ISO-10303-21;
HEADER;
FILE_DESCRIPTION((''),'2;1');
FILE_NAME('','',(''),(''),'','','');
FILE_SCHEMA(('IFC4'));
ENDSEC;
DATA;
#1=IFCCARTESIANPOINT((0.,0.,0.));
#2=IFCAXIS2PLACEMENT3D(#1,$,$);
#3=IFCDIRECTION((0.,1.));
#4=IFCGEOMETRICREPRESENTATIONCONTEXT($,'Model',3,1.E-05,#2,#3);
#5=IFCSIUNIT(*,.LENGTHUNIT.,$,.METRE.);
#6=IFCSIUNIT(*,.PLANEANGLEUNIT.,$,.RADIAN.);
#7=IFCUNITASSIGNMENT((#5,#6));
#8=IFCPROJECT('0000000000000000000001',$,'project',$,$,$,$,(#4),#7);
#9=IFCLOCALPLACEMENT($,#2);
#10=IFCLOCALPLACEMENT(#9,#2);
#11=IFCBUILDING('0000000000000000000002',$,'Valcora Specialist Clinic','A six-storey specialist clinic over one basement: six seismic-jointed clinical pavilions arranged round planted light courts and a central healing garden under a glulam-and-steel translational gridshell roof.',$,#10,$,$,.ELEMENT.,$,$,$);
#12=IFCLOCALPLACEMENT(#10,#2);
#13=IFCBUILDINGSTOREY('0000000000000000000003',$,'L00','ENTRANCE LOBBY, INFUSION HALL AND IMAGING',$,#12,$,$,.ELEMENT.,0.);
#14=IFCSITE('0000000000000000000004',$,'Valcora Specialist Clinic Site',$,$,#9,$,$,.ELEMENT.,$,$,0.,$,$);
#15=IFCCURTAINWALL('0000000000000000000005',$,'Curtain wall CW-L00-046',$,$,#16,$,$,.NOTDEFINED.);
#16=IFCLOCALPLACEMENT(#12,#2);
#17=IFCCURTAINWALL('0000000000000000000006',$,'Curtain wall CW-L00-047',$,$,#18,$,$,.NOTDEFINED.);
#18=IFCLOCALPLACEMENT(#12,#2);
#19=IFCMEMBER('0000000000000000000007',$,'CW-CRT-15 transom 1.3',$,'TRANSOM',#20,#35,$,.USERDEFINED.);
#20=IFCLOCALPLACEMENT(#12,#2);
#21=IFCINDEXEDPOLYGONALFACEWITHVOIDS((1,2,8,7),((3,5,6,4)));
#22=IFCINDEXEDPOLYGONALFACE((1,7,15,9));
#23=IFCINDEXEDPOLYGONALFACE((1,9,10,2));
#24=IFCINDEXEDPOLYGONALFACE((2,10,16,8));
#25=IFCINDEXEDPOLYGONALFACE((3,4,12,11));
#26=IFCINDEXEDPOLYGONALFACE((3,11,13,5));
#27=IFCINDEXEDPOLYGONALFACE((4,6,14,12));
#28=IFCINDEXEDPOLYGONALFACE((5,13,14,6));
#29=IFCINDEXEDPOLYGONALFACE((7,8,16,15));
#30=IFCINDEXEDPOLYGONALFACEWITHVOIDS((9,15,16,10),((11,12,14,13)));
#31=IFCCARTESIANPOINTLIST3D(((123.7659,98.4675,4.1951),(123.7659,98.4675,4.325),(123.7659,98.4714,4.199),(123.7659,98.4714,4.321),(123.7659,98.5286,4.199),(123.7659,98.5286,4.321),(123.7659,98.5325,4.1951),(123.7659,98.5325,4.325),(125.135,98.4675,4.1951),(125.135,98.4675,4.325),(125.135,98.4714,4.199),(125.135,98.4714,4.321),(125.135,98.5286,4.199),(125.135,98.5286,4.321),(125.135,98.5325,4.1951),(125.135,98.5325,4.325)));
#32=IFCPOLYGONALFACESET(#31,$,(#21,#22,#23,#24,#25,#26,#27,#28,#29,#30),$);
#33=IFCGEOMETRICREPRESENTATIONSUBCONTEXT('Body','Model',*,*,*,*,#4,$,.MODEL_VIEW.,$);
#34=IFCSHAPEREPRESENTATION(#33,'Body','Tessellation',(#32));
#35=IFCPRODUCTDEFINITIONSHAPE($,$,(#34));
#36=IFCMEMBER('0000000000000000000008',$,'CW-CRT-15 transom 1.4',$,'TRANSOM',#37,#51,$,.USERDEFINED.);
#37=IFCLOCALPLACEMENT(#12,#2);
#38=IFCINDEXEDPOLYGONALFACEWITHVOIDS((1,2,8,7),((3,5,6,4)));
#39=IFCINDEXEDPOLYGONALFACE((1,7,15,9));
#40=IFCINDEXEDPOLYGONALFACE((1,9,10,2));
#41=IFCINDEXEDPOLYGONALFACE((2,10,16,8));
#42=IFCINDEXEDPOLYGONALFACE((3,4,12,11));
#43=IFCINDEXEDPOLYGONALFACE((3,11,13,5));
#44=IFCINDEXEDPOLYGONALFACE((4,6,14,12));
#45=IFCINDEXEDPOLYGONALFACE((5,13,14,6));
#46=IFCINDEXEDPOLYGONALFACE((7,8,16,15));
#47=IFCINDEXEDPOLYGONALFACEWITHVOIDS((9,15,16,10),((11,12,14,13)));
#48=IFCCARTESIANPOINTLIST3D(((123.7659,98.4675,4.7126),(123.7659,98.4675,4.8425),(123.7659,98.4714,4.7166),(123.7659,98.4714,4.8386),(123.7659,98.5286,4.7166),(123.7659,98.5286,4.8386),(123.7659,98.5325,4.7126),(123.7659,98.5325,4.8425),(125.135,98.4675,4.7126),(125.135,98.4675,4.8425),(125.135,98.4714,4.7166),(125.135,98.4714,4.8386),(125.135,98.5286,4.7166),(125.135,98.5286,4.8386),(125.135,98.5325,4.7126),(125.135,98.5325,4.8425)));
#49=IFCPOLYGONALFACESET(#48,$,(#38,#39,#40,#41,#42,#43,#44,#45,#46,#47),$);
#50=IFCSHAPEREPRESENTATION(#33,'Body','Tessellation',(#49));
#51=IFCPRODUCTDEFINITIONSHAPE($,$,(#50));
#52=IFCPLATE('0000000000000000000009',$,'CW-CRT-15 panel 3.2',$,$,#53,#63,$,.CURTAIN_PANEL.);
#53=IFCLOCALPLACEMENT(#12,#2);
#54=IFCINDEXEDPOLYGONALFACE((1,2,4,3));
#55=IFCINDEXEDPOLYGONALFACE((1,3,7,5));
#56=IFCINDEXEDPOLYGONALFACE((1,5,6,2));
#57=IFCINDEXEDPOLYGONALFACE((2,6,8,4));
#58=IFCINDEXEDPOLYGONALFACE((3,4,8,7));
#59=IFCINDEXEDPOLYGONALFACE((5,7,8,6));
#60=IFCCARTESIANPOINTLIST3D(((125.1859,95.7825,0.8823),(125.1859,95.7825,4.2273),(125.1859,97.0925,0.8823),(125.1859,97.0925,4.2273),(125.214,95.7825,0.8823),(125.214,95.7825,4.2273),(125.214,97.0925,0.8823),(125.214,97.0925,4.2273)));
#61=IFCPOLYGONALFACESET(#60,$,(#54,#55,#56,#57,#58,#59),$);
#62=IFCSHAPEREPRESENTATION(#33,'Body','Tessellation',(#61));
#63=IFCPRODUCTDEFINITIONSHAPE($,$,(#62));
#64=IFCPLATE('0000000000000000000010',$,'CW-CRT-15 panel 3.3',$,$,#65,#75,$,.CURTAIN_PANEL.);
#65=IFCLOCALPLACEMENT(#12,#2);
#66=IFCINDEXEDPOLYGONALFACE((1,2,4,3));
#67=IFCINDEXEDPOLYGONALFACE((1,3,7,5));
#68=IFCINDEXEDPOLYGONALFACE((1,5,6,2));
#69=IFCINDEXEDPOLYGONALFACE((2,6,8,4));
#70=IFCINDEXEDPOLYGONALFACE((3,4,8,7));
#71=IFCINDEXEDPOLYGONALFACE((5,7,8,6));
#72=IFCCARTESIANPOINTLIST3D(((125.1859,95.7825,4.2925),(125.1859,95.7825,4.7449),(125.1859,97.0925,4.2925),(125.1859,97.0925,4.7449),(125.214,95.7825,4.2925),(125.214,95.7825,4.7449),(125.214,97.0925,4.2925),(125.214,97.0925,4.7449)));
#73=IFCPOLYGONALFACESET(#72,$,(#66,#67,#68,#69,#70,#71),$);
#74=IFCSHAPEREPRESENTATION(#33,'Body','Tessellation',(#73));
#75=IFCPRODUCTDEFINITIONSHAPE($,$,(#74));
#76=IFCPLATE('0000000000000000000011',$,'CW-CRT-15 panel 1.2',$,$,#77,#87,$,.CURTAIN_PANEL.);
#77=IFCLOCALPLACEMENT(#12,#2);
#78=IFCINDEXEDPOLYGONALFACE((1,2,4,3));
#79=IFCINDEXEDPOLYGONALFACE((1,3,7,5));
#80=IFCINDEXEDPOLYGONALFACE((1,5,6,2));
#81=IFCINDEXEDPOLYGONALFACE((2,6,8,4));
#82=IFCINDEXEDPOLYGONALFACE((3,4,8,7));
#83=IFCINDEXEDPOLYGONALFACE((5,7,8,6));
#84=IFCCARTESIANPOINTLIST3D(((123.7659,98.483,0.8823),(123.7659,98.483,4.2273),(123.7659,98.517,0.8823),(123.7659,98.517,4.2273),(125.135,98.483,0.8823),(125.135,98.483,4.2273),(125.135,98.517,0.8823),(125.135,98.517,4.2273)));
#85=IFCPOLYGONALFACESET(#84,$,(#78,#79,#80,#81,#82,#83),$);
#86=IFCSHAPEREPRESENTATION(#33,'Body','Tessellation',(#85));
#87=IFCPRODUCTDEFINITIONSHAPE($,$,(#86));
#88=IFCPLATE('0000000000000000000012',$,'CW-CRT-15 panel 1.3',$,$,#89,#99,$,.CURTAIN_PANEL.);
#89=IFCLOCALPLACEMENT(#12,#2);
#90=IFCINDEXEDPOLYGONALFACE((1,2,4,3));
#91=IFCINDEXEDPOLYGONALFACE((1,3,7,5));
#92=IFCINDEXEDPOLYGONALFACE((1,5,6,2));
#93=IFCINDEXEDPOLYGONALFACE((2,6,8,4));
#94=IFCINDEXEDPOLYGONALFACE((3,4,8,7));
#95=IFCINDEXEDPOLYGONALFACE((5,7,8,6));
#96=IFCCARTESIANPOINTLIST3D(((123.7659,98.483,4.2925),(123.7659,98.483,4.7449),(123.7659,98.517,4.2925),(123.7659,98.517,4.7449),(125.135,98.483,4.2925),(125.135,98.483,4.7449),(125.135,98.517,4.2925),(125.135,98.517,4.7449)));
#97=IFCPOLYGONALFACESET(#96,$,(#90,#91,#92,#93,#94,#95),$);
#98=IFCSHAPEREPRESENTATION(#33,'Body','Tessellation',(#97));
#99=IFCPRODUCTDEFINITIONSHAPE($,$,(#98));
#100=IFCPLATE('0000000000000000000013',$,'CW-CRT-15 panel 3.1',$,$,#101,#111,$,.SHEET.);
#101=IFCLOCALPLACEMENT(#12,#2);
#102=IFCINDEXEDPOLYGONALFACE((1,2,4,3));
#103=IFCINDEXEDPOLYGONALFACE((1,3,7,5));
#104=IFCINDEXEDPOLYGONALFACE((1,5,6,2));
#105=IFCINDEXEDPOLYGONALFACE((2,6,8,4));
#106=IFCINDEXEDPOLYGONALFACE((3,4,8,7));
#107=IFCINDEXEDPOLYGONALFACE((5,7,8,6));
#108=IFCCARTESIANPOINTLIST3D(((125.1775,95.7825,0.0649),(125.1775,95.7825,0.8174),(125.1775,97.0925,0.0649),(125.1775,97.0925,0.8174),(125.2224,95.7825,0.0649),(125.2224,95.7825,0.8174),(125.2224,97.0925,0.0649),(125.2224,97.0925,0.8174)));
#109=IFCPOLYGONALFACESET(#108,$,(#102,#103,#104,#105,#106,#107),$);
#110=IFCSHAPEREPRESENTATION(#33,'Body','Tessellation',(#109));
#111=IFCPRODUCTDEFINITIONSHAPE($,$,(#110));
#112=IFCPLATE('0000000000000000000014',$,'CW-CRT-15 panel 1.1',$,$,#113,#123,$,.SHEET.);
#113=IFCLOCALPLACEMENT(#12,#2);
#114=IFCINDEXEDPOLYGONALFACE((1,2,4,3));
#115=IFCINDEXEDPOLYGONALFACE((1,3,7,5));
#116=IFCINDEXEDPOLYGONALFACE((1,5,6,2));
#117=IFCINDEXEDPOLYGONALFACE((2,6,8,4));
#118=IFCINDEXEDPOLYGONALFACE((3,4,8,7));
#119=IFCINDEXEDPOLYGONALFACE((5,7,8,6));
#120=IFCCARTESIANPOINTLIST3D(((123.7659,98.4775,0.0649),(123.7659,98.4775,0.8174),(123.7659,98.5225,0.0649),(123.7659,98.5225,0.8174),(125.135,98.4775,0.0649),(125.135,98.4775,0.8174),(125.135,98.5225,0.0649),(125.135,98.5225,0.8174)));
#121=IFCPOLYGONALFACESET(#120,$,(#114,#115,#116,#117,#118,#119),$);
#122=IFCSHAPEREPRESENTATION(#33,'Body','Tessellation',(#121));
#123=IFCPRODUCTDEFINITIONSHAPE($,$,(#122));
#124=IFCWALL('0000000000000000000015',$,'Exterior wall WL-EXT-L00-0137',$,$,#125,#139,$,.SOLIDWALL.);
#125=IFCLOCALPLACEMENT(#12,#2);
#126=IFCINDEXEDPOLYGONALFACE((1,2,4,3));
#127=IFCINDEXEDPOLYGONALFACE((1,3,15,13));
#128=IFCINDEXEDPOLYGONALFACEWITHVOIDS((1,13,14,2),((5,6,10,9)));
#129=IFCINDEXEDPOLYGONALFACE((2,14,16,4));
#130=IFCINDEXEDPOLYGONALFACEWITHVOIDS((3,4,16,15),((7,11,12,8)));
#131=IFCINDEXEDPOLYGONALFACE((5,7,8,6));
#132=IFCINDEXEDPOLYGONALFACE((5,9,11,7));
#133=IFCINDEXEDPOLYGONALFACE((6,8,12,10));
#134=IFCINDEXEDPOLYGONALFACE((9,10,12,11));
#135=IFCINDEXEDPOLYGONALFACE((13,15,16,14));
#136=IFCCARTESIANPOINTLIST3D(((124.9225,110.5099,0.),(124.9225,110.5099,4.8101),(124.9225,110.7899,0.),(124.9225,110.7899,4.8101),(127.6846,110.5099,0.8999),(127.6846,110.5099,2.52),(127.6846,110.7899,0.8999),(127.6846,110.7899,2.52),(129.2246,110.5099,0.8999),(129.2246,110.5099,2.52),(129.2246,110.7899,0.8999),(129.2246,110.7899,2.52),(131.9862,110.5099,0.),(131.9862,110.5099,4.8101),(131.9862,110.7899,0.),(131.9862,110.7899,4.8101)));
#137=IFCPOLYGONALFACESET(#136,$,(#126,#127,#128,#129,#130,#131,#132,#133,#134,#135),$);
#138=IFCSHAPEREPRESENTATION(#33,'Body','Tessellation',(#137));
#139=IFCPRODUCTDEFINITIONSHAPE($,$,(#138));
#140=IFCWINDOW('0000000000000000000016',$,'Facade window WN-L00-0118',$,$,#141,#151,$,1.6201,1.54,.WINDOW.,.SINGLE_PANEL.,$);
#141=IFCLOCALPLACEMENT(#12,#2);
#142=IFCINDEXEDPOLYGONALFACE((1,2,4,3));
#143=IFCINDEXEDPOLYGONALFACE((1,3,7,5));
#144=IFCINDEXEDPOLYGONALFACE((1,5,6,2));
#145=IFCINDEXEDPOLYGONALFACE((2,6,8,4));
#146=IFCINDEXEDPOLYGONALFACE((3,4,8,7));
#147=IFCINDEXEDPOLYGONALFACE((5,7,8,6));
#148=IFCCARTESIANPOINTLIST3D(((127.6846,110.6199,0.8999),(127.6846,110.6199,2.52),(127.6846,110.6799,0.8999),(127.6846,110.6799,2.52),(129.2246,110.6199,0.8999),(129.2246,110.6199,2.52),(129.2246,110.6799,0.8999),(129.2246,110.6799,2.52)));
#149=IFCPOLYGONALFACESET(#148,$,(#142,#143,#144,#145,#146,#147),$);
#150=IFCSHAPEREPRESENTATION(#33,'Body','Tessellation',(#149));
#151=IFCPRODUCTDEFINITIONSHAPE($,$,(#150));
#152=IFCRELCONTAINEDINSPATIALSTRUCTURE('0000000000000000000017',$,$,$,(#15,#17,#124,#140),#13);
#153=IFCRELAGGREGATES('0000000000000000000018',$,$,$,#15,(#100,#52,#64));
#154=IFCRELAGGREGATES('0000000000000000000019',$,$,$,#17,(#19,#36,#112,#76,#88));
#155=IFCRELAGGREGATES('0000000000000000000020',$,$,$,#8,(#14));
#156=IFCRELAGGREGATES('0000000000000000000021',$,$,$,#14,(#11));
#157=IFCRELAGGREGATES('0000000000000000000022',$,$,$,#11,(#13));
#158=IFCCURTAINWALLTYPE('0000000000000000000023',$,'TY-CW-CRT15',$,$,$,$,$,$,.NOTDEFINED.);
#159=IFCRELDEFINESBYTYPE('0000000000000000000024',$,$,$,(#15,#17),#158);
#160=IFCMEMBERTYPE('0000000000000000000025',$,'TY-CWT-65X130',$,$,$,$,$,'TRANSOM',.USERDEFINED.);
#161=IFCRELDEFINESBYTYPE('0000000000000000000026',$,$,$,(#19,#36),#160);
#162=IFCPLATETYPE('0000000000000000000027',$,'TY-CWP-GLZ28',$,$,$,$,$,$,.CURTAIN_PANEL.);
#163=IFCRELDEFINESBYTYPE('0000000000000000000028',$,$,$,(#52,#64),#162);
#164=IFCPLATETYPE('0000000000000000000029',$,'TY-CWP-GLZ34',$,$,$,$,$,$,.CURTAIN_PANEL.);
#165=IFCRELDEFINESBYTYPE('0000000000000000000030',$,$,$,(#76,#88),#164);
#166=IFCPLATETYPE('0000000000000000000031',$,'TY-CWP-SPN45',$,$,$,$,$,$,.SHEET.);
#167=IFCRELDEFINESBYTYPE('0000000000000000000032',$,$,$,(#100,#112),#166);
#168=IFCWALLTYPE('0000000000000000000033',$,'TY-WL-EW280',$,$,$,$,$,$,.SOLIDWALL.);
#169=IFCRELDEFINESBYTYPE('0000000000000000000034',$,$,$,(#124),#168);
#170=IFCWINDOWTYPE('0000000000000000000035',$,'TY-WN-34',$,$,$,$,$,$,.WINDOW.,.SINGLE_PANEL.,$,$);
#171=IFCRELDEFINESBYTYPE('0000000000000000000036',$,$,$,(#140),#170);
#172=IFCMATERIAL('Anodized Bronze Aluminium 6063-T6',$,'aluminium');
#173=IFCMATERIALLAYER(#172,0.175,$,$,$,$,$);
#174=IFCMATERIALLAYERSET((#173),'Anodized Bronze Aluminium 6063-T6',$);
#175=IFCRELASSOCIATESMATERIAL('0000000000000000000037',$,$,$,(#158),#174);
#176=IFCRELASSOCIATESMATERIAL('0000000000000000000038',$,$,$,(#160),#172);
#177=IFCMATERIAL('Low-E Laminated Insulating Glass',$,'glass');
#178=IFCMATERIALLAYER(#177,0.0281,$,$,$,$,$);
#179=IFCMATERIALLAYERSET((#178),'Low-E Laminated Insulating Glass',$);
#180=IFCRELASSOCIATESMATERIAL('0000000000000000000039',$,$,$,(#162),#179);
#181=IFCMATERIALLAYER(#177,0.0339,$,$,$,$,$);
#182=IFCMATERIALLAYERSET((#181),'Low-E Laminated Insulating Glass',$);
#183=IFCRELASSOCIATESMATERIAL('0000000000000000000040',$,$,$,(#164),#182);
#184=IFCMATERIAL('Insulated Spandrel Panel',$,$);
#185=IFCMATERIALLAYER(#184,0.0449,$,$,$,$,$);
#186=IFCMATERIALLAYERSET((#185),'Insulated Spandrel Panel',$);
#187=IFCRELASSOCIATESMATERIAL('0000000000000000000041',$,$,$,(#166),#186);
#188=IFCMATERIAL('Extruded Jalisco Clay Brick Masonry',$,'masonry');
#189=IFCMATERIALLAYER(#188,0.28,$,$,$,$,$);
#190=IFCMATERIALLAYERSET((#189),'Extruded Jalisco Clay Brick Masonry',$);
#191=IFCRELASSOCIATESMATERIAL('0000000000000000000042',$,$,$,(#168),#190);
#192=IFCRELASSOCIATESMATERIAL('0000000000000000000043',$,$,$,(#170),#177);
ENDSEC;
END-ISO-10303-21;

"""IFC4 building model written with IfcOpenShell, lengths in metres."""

from ifc_helpers import new_model, si_unit, direction, frame, frame_2d, origin, origin_2d, place, context, subcontext, project, spatial, rectangle, hollow_rectangle, extrude, material, layer, layer_set, material_profile, profile_set, type_object, element, fill, aggregate, save


model = new_model("IFC4")

# Units and contexts
model_context = context("Model", 3, precision=1e-05, world=origin(), true_north=direction((0.0, 1.0)))
body_context = subcontext(model_context, "Body", "Model", "MODEL_VIEW")
ifc_project = project(units=[si_unit("LENGTHUNIT", "METRE"), si_unit("PLANEANGLEUNIT", "RADIAN")], contexts=[model_context])

# Site, building, storey
site_placement = place(None, origin())
site = spatial("IfcSite", under=ifc_project, at=site_placement, Name="Valcora Specialist Clinic Site", CompositionType="ELEMENT", RefElevation=0.0)
building_placement = place(site_placement, origin())
building = spatial("IfcBuilding", under=site, at=building_placement, Name="Valcora Specialist Clinic", Description="A six-storey specialist clinic over one basement: six seismic-jointed clinical pavilions arranged round planted light courts and a central healing garden under a glulam-and-steel translational gridshell roof.", CompositionType="ELEMENT")
storey_placement = place(building_placement, origin())
storey = spatial("IfcBuildingStorey", under=building, at=storey_placement, Name="L00", Description="ENTRANCE LOBBY, INFUSION HALL AND IMAGING", CompositionType="ELEMENT", Elevation=0.0)

# Curtain walls
ifc_material_1 = material(Name="Anodized Bronze Aluminium 6063-T6", Category="aluminium")
ifc_layer_1 = layer(ifc_material_1, 0.175)
ifc_layer_set_1 = layer_set([ifc_layer_1], Name="Anodized Bronze Aluminium 6063-T6")
curtain_wall_type = type_object("IfcCurtainWallType", Name="TY-CW-CRT15", PredefinedType="NOTDEFINED", material=ifc_layer_set_1)
curtain_wall_1_placement = place(storey_placement, origin())
curtain_wall_1 = element("IfcCurtainWall", 1, at=curtain_wall_1_placement, inside=storey, type_object=curtain_wall_type, Name="Curtain wall CW-L00-046", PredefinedType="NOTDEFINED")
curtain_wall_2_placement = place(storey_placement, origin())
curtain_wall_2 = element("IfcCurtainWall", 2, at=curtain_wall_2_placement, inside=storey, type_object=curtain_wall_type, Name="Curtain wall CW-L00-047", PredefinedType="NOTDEFINED")

# Members
ifc_material_profile_1 = material_profile(ifc_material_1, hollow_rectangle(XDim=0.0649, YDim=0.1299, WallThickness=0.0039, at=origin_2d()), Name="AL-TRN-65X130")
ifc_profile_set_1 = profile_set([ifc_material_profile_1], Name="Anodized Bronze Aluminium 6063-T6")
member_type_1 = type_object("IfcMemberType", Name="TY-CWT-65X130", ElementType="TRANSOM", PredefinedType="USERDEFINED", material=ifc_profile_set_1)
member_1_placement = place(storey_placement, frame((125.135, 98.5, 4.26), z_axis=(-1.0, 0.0, 0.0), x_axis=(0.0, -1.0, 0.0)))
member_1 = element("IfcMember", 3, at=member_1_placement, type_object=member_type_1, Name="CW-CRT-15 transom 1.3", ObjectType="TRANSOM", PredefinedType="USERDEFINED", context=body_context, shape_type="SweptSolid", body=[
    extrude(hollow_rectangle(XDim=0.0649, YDim=0.1299, WallThickness=0.0039, at=origin_2d()), origin(), (0.0, 0.0, 1.0), 1.3691),
])
member_2_placement = place(storey_placement, frame((125.135, 98.5, 4.7776), z_axis=(-1.0, 0.0, 0.0), x_axis=(0.0, -1.0, 0.0)))
member_2 = element("IfcMember", 4, at=member_2_placement, type_object=member_type_1, Name="CW-CRT-15 transom 1.4", ObjectType="TRANSOM", PredefinedType="USERDEFINED", context=body_context, shape_type="SweptSolid", body=[
    extrude(hollow_rectangle(XDim=0.0649, YDim=0.1299, WallThickness=0.0039, at=origin_2d()), origin(), (0.0, 0.0, 1.0), 1.3691),
])

# Plates
ifc_material_2 = material(Name="Low-E Laminated Insulating Glass", Category="glass")
ifc_layer_2 = layer(ifc_material_2, 0.0281)
ifc_layer_set_2 = layer_set([ifc_layer_2], Name="Low-E Laminated Insulating Glass")
plate_type_1 = type_object("IfcPlateType", Name="TY-CWP-GLZ28", PredefinedType="CURTAIN_PANEL", material=ifc_layer_set_2)
plate_1_placement = place(storey_placement, frame((125.2, 96.4375, 0.8823), z_axis=(0.0, 0.0, 1.0), x_axis=(0.0, 1.0, 0.0)))
plate_1 = element("IfcPlate", 5, at=plate_1_placement, type_object=plate_type_1, Name="CW-CRT-15 panel 3.2", PredefinedType="CURTAIN_PANEL", context=body_context, shape_type="SweptSolid", body=[
    extrude(rectangle(XDim=1.3101, YDim=0.0281, at=origin_2d()), origin(), (0.0, 0.0, 1.0), 3.345),
])
plate_2_placement = place(storey_placement, frame((125.2, 96.4375, 4.2925), z_axis=(0.0, 0.0, 1.0), x_axis=(0.0, 1.0, 0.0)))
plate_2 = element("IfcPlate", 6, at=plate_2_placement, type_object=plate_type_1, Name="CW-CRT-15 panel 3.3", PredefinedType="CURTAIN_PANEL", context=body_context, shape_type="SweptSolid", body=[
    extrude(rectangle(XDim=1.3101, YDim=0.0281, at=origin_2d()), origin(), (0.0, 0.0, 1.0), 0.4524),
])
ifc_layer_3 = layer(ifc_material_2, 0.0339)
ifc_layer_set_3 = layer_set([ifc_layer_3], Name="Low-E Laminated Insulating Glass")
plate_type_2 = type_object("IfcPlateType", Name="TY-CWP-GLZ34", PredefinedType="CURTAIN_PANEL", material=ifc_layer_set_3)
plate_3_placement = place(storey_placement, frame((124.4504, 98.5, 0.8823), z_axis=(0.0, 0.0, 1.0), x_axis=(-1.0, 0.0, 0.0)))
plate_3 = element("IfcPlate", 7, at=plate_3_placement, type_object=plate_type_2, Name="CW-CRT-15 panel 1.2", PredefinedType="CURTAIN_PANEL", context=body_context, shape_type="SweptSolid", body=[
    extrude(rectangle(XDim=1.3691, YDim=0.0339, at=origin_2d()), origin(), (0.0, 0.0, 1.0), 3.345),
])
plate_4_placement = place(storey_placement, frame((124.4504, 98.5, 4.2925), z_axis=(0.0, 0.0, 1.0), x_axis=(-1.0, 0.0, 0.0)))
plate_4 = element("IfcPlate", 8, at=plate_4_placement, type_object=plate_type_2, Name="CW-CRT-15 panel 1.3", PredefinedType="CURTAIN_PANEL", context=body_context, shape_type="SweptSolid", body=[
    extrude(rectangle(XDim=1.3691, YDim=0.0339, at=origin_2d()), origin(), (0.0, 0.0, 1.0), 0.4524),
])
ifc_material_3 = material(Name="Insulated Spandrel Panel")
ifc_layer_4 = layer(ifc_material_3, 0.0449)
ifc_layer_set_4 = layer_set([ifc_layer_4], Name="Insulated Spandrel Panel")
plate_type_3 = type_object("IfcPlateType", Name="TY-CWP-SPN45", PredefinedType="SHEET", material=ifc_layer_set_4)
plate_5_placement = place(storey_placement, frame((125.2, 96.4375, 0.0649), z_axis=(0.0, 0.0, 1.0), x_axis=(0.0, 1.0, 0.0)))
plate_5 = element("IfcPlate", 9, at=plate_5_placement, type_object=plate_type_3, Name="CW-CRT-15 panel 3.1", PredefinedType="SHEET", context=body_context, shape_type="SweptSolid", body=[
    extrude(rectangle(XDim=1.3101, YDim=0.0449, at=origin_2d()), origin(), (0.0, 0.0, 1.0), 0.7524),
])
aggregate(curtain_wall_1, [plate_5, plate_1, plate_2])
plate_6_placement = place(storey_placement, frame((124.4504, 98.5, 0.0649), z_axis=(0.0, 0.0, 1.0), x_axis=(-1.0, 0.0, 0.0)))
plate_6 = element("IfcPlate", 10, at=plate_6_placement, type_object=plate_type_3, Name="CW-CRT-15 panel 1.1", PredefinedType="SHEET", context=body_context, shape_type="SweptSolid", body=[
    extrude(rectangle(XDim=1.3691, YDim=0.0449, at=origin_2d()), origin(), (0.0, 0.0, 1.0), 0.7524),
])
aggregate(curtain_wall_2, [member_1, member_2, plate_6, plate_3, plate_4])

# Wall, opening, window
ifc_material_4 = material(Name="Extruded Jalisco Clay Brick Masonry", Category="masonry")
ifc_layer_5 = layer(ifc_material_4, 0.28)
ifc_layer_set_5 = layer_set([ifc_layer_5], Name="Extruded Jalisco Clay Brick Masonry")
wall_type = type_object("IfcWallType", Name="TY-WL-EW280", PredefinedType="SOLIDWALL", material=ifc_layer_set_5)
wall_placement = place(storey_placement, frame((124.9226, 110.6499, 0.0), z_axis=(0.0, 0.0, 1.0), x_axis=(1.0, 0.0, 0.0)))
wall = element("IfcWall", 11, at=wall_placement, inside=storey, type_object=wall_type, Name="Exterior wall WL-EXT-L00-0137", PredefinedType="SOLIDWALL", context=body_context, shape_type="SweptSolid", body=[
    extrude(rectangle(XDim=7.0637, YDim=0.28, at=frame_2d((3.5317, 0.0))), origin(), (0.0, 0.0, 1.0), 4.8101),
])
opening_placement = place(wall_placement, frame((2.762, 0.0, 0.8999)))
opening = element("IfcOpeningElement", 12, at=opening_placement, cuts=wall, PredefinedType="OPENING", context=body_context, shape_type="SweptSolid", body=[
    extrude(rectangle(XDim=1.54, YDim=1.6201, at=frame_2d((0.77, 0.8101))), frame((0.0, 0.1499, 0.0), z_axis=(0.0, -1.0, 0.0), x_axis=(1.0, 0.0, 0.0)), (0.0, 0.0, 1.0), 0.3),
])
window_type = type_object("IfcWindowType", Name="TY-WN-34", PartitioningType="SINGLE_PANEL", PredefinedType="WINDOW", material=ifc_material_2)
window_placement = place(opening_placement, origin())
window = element("IfcWindow", 13, at=window_placement, inside=storey, type_object=window_type, Name="Facade window WN-L00-0118", OverallHeight=1.6201, OverallWidth=1.54, PartitioningType="SINGLE_PANEL", PredefinedType="WINDOW", context=body_context, shape_type="SweptSolid", body=[
    extrude(rectangle(XDim=1.54, YDim=1.6201, at=frame_2d((0.77, 0.8101))), frame((0.0, 0.03, 0.0), z_axis=(0.0, -1.0, 0.0), x_axis=(1.0, 0.0, 0.0)), (0.0, 0.0, 1.0), 0.0601),
])
fill(opening, window)

save(model, "model.ifc")
